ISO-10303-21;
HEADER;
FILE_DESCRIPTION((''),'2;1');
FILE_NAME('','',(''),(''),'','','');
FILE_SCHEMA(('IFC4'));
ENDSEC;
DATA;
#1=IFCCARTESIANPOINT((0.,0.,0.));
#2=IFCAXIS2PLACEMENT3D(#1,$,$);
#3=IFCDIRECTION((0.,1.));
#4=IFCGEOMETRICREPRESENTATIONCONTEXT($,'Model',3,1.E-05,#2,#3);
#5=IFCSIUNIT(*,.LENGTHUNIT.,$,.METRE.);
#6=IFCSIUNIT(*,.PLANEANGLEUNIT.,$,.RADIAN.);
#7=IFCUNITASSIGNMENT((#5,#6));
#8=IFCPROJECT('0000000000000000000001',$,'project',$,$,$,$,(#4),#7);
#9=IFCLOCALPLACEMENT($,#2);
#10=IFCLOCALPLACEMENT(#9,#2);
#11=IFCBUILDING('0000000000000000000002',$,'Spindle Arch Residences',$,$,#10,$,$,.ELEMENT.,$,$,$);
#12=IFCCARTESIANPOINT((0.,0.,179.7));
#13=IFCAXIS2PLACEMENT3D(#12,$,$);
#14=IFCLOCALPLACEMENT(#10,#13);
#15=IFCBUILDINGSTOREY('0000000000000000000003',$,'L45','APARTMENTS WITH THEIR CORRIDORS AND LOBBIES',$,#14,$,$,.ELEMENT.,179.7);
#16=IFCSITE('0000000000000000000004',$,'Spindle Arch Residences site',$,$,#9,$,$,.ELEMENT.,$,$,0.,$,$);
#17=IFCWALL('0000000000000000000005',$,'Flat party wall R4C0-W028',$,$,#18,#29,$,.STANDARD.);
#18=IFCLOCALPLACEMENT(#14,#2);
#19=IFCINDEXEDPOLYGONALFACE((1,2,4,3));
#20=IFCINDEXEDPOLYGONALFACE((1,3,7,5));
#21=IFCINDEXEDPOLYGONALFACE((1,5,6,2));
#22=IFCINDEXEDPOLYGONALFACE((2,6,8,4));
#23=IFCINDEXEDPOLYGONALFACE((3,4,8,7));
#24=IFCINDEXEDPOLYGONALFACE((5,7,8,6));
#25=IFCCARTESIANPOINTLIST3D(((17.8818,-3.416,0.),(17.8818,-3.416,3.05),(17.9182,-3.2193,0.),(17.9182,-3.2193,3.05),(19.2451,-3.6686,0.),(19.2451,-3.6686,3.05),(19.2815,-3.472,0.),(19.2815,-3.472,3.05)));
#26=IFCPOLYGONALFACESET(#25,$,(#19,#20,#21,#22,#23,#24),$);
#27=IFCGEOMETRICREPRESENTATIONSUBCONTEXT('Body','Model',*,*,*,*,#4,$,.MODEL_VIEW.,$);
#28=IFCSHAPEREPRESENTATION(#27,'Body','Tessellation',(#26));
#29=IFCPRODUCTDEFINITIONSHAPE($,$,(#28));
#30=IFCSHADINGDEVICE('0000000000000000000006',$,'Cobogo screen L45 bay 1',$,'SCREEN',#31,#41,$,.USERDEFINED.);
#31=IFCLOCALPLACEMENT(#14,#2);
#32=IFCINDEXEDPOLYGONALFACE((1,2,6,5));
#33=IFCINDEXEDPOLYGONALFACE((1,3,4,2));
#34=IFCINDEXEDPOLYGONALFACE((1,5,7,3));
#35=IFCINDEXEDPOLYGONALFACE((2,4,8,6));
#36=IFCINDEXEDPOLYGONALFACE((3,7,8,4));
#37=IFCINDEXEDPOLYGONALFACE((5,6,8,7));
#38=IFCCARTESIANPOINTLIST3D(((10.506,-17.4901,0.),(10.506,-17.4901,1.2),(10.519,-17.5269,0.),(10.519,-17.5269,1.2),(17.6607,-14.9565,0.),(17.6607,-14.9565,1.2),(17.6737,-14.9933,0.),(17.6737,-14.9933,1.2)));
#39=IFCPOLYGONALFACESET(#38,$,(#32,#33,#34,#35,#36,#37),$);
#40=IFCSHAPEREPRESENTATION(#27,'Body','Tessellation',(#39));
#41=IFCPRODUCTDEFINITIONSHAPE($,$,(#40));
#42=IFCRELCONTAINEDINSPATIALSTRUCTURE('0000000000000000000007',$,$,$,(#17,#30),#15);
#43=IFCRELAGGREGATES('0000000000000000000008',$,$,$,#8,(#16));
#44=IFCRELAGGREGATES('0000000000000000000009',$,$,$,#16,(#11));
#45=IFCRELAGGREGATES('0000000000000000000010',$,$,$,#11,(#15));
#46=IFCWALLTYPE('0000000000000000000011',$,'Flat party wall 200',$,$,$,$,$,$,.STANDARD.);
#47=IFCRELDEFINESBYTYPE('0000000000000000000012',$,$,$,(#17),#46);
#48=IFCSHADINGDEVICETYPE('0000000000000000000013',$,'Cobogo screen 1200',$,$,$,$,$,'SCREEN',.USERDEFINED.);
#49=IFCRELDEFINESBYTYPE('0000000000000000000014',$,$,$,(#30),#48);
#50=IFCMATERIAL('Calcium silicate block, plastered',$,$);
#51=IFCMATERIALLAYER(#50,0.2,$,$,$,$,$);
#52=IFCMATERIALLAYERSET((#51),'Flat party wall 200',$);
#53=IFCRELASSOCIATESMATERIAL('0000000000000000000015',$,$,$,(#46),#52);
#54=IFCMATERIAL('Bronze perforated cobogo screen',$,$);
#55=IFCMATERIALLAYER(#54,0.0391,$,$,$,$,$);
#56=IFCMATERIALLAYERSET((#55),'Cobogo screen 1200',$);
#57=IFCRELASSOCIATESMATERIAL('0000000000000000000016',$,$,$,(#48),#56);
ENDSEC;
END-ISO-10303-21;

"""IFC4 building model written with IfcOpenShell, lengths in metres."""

from ifc_helpers import new_model, si_unit, direction, frame, frame_2d, origin, origin_2d, place, context, subcontext, project, spatial, rectangle, extrude, material, layer, layer_set, type_object, element, save


model = new_model("IFC4")

# Units and contexts
model_context = context("Model", 3, precision=1e-05, world=origin(), true_north=direction((0.0, 1.0)))
body_context = subcontext(model_context, "Body", "Model", "MODEL_VIEW")
ifc_project = project(units=[si_unit("LENGTHUNIT", "METRE"), si_unit("PLANEANGLEUNIT", "RADIAN")], contexts=[model_context])

# Site, building, storey
site_placement = place(None, origin())
site = spatial("IfcSite", under=ifc_project, at=site_placement, Name="Spindle Arch Residences site", CompositionType="ELEMENT", RefElevation=0.0)
building_placement = place(site_placement, origin())
building = spatial("IfcBuilding", under=site, at=building_placement, Name="Spindle Arch Residences", CompositionType="ELEMENT")
storey_placement = place(building_placement, frame((0.0, 0.0, 179.7)))
storey = spatial("IfcBuildingStorey", under=building, at=storey_placement, Name="L45", Description="APARTMENTS WITH THEIR CORRIDORS AND LOBBIES", CompositionType="ELEMENT", Elevation=179.7)

# Wall
ifc_material_1 = material(Name="Calcium silicate block, plastered")
ifc_layer_1 = layer(ifc_material_1, 0.2)
ifc_layer_set_1 = layer_set([ifc_layer_1], Name="Flat party wall 200")
wall_type_1 = type_object("IfcWallType", Name="Flat party wall 200", PredefinedType="STANDARD", material=ifc_layer_set_1)
wall_1_placement = place(storey_placement, frame((17.8999, -3.3176, 0.0), z_axis=(0.0, 0.0, 1.0), x_axis=(0.983253, -0.182247, 0.0)))
element("IfcWall", 1, at=wall_1_placement, inside=storey, type_object=wall_type_1, Name="Flat party wall R4C0-W028", PredefinedType="STANDARD", context=body_context, shape_type="SweptSolid", body=[
    extrude(rectangle(XDim=1.3865, YDim=0.2, at=frame_2d((0.6934, 0.0))), origin(), (0.0, 0.0, 1.0), 3.05),
])

# Shading device
ifc_material_2 = material(Name="Bronze perforated cobogo screen")
ifc_layer_2 = layer(ifc_material_2, 0.0391)
ifc_layer_set_2 = layer_set([ifc_layer_2], Name="Cobogo screen 1200")
shading_device_type = type_object("IfcShadingDeviceType", Name="Cobogo screen 1200", ElementType="SCREEN", PredefinedType="USERDEFINED", material=ifc_layer_set_2)
shading_device_placement = place(storey_placement, frame((14.0898, -16.2417, 0.0), z_axis=(0.0, 0.0, 1.0), x_axis=(0.942641, 0.333807, 0.0)))
element("IfcShadingDevice", 2, at=shading_device_placement, inside=storey, type_object=shading_device_type, Name="Cobogo screen L45 bay 1", ObjectType="SCREEN", PredefinedType="USERDEFINED", context=body_context, shape_type="SweptSolid", body=[
    extrude(rectangle(XDim=7.5901, YDim=0.0391, at=origin_2d()), origin(), (0.0, 0.0, 1.0), 1.2),
])

save(model, "model.ifc")
